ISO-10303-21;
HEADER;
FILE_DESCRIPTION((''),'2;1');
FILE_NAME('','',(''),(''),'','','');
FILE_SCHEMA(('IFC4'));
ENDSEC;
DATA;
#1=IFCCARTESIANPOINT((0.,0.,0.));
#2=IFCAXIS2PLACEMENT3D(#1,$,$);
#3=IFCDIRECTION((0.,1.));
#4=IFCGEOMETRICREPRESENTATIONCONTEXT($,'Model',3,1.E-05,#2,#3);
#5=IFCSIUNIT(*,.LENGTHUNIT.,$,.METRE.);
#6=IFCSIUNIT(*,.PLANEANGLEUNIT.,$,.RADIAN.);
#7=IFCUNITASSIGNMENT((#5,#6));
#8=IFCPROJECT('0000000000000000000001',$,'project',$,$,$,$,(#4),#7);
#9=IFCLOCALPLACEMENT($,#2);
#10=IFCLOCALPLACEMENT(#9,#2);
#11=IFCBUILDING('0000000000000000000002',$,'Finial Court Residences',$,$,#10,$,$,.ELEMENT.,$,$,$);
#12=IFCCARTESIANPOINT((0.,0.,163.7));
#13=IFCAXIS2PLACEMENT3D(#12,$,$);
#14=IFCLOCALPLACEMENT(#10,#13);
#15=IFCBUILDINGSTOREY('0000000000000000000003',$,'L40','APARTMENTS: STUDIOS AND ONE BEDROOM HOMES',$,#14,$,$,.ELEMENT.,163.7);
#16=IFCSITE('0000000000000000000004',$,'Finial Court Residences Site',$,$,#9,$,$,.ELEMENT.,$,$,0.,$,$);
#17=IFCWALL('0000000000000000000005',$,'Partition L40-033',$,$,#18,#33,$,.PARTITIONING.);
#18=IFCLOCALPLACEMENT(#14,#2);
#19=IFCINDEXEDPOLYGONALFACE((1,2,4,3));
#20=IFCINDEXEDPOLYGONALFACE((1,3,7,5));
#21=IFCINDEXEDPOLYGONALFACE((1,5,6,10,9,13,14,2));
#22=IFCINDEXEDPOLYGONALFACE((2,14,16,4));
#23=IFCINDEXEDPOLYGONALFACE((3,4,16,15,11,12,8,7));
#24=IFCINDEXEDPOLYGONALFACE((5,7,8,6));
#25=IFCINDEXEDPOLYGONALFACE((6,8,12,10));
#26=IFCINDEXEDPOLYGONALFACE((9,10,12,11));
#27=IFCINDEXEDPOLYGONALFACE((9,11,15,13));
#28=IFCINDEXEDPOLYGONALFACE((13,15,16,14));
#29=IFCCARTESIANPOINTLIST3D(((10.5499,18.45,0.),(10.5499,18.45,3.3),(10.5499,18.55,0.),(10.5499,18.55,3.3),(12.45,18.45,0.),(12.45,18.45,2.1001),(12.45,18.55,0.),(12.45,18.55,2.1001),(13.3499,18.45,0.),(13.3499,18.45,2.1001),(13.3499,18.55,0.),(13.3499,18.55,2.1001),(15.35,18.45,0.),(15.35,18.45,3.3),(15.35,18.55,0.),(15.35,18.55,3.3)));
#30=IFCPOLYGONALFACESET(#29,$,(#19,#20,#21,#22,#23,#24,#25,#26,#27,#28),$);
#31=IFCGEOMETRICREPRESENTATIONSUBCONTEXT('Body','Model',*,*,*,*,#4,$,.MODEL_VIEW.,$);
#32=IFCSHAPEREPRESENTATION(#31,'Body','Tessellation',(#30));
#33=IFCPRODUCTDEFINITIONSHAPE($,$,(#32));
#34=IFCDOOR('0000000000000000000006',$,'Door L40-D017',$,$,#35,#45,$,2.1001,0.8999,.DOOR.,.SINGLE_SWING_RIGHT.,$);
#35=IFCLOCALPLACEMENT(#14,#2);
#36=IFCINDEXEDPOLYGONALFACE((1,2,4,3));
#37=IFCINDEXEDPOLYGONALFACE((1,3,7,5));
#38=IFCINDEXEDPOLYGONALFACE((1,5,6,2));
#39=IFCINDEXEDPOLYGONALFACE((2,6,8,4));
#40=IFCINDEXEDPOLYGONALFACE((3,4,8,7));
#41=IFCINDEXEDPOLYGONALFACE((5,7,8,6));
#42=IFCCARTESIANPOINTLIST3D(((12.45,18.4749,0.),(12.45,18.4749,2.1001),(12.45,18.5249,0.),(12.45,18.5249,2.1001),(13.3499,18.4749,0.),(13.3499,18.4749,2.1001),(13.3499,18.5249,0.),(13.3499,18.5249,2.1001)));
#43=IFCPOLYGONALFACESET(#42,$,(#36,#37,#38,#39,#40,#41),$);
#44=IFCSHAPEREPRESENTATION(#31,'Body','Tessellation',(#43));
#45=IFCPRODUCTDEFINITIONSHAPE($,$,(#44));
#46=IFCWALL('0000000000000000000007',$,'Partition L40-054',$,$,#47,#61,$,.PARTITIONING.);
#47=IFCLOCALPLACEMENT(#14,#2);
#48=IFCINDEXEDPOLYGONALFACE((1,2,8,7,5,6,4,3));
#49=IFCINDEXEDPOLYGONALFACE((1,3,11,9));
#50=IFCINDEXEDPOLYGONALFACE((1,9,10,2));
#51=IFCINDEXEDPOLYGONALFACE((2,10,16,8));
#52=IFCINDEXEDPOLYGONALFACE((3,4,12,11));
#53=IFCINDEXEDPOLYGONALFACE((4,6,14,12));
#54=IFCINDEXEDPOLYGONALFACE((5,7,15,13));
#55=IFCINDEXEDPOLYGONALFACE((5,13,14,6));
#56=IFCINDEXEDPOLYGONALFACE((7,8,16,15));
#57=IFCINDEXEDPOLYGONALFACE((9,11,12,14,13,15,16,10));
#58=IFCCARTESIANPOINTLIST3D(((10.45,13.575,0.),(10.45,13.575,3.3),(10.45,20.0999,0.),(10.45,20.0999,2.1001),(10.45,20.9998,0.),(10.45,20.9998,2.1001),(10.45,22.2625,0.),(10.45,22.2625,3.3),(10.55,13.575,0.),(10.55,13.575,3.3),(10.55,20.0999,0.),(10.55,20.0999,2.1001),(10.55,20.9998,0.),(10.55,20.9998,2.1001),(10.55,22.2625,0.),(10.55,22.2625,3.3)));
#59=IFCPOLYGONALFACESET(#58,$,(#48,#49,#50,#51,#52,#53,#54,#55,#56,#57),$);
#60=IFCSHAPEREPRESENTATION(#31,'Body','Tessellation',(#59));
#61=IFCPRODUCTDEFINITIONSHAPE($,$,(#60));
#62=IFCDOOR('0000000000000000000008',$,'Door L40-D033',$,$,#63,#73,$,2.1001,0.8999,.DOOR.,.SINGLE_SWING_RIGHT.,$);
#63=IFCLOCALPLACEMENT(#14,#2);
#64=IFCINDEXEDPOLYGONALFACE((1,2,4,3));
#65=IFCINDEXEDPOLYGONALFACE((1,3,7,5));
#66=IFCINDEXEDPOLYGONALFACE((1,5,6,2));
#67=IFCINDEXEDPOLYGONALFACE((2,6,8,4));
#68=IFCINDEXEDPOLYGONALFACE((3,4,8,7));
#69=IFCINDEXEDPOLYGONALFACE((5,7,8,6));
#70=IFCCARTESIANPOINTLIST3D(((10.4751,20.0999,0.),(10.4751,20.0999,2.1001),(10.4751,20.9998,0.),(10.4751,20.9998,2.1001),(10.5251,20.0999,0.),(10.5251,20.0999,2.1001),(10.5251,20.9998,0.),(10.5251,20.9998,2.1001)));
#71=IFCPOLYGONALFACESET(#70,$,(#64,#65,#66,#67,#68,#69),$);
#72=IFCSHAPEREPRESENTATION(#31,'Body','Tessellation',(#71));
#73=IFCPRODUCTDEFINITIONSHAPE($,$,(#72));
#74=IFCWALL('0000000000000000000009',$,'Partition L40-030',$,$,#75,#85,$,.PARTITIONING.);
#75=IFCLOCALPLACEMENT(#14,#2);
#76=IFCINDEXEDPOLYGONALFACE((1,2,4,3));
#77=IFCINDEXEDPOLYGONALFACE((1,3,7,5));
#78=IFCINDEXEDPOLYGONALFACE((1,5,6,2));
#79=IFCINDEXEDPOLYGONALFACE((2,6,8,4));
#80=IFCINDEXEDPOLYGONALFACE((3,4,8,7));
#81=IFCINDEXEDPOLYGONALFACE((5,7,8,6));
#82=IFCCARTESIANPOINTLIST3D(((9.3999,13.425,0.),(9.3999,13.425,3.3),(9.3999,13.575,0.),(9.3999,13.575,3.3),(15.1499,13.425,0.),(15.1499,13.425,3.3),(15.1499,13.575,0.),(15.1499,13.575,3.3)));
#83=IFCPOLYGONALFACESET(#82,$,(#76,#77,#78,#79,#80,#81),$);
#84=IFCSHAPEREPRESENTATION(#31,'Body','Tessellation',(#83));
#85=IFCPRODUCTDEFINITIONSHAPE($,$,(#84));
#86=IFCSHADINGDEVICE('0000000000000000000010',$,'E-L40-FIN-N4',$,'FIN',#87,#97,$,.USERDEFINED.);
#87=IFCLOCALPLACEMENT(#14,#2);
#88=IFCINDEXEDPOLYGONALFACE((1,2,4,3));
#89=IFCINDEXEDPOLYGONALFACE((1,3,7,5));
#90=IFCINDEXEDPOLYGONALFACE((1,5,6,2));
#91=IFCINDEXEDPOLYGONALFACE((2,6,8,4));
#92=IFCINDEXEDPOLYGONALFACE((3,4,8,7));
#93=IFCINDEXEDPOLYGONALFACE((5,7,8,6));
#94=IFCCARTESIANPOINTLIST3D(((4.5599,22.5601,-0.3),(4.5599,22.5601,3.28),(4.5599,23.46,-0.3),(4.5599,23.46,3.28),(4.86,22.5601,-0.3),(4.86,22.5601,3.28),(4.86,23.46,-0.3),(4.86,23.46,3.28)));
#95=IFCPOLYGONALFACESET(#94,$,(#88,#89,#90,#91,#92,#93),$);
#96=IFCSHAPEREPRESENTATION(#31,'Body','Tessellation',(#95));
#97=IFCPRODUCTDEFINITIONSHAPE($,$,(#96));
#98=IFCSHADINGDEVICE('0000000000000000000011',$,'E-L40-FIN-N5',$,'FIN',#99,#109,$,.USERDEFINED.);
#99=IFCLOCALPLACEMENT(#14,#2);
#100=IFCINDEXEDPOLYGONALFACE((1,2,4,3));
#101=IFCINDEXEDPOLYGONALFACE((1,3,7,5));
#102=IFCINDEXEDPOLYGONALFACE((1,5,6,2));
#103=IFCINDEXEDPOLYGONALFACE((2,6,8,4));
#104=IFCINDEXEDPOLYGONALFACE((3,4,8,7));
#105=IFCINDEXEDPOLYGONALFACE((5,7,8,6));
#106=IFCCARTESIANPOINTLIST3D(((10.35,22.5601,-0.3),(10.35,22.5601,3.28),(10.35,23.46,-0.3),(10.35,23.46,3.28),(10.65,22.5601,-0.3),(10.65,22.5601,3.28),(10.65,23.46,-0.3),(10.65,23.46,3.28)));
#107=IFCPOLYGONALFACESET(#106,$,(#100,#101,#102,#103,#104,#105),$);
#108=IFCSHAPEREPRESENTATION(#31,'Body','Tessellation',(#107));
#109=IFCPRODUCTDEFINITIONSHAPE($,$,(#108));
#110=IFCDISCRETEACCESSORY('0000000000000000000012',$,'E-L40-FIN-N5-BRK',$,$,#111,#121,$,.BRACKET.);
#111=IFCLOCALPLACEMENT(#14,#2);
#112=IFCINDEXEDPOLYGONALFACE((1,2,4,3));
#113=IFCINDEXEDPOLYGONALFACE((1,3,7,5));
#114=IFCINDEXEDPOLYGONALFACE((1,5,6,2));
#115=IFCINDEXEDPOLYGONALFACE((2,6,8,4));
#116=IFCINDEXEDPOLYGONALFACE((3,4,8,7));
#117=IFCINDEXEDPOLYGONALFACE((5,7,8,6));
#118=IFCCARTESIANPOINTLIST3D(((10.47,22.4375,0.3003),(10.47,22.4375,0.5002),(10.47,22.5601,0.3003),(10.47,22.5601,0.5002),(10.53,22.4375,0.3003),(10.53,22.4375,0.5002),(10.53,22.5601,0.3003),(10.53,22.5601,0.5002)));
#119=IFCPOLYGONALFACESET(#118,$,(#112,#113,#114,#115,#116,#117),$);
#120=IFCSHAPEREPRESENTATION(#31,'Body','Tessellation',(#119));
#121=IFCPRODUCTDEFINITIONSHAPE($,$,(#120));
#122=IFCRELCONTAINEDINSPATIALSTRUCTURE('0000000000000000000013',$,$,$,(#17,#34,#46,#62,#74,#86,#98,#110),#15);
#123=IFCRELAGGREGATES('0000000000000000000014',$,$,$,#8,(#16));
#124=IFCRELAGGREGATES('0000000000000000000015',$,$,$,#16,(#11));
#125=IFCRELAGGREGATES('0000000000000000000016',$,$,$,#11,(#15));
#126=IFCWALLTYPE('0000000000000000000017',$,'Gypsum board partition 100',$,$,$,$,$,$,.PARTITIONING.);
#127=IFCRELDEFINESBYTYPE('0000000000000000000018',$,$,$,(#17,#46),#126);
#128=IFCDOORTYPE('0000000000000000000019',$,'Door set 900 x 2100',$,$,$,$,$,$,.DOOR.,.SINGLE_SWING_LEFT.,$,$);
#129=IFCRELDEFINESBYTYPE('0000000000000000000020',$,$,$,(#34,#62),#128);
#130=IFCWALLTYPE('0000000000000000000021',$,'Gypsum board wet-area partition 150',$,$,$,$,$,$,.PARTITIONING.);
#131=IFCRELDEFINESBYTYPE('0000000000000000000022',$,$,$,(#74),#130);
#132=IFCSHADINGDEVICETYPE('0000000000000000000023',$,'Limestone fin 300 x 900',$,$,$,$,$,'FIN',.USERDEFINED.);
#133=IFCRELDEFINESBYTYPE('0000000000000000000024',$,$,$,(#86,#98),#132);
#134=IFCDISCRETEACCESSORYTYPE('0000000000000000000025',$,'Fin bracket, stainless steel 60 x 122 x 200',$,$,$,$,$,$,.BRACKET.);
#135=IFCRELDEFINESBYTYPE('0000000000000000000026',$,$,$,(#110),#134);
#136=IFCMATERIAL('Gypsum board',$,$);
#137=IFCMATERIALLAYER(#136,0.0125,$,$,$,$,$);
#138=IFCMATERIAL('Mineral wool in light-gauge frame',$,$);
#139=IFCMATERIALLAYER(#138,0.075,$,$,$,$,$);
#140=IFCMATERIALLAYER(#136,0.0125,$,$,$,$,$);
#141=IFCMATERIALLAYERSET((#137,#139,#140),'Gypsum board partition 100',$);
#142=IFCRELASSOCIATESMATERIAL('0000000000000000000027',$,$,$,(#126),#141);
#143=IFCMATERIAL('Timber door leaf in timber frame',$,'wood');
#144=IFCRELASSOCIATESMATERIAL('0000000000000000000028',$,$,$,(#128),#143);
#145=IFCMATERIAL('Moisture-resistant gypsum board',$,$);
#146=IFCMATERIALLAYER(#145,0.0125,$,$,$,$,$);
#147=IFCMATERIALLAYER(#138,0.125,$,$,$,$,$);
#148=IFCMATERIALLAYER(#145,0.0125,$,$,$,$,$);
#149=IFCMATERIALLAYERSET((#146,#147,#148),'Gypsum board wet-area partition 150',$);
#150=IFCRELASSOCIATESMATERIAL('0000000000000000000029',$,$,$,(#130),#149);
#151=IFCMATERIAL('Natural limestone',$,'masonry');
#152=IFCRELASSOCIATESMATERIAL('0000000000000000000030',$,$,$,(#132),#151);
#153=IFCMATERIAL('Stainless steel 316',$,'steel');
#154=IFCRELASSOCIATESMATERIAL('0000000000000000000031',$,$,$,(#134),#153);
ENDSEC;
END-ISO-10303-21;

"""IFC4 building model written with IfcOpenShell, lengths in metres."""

from ifc_helpers import new_model, si_unit, direction, frame, frame_2d, origin, origin_2d, place, context, subcontext, project, spatial, rectangle, extrude, material, layer, layer_set, type_object, element, fill, save


model = new_model("IFC4")

# Units and contexts
model_context = context("Model", 3, precision=1e-05, world=origin(), true_north=direction((0.0, 1.0)))
body_context = subcontext(model_context, "Body", "Model", "MODEL_VIEW")
ifc_project = project(units=[si_unit("LENGTHUNIT", "METRE"), si_unit("PLANEANGLEUNIT", "RADIAN")], contexts=[model_context])

# Site, building, storey
site_placement = place(None, origin())
site = spatial("IfcSite", under=ifc_project, at=site_placement, Name="Finial Court Residences Site", CompositionType="ELEMENT", RefElevation=0.0)
building_placement = place(site_placement, origin())
building = spatial("IfcBuilding", under=site, at=building_placement, Name="Finial Court Residences", CompositionType="ELEMENT")
storey_placement = place(building_placement, frame((0.0, 0.0, 163.7)))
storey = spatial("IfcBuildingStorey", under=building, at=storey_placement, Name="L40", Description="APARTMENTS: STUDIOS AND ONE BEDROOM HOMES", CompositionType="ELEMENT", Elevation=163.7)

# Shared definitions
ifc_material_1 = material(Name="Gypsum board")

# Walls, openings, doors
ifc_layer_1 = layer(ifc_material_1, 0.0125)
ifc_material_2 = material(Name="Mineral wool in light-gauge frame")
ifc_layer_2 = layer(ifc_material_2, 0.075)
ifc_layer_3 = layer(ifc_material_1, 0.0125)
ifc_layer_set_1 = layer_set([ifc_layer_1, ifc_layer_2, ifc_layer_3], Name="Gypsum board partition 100")
wall_type_1 = type_object("IfcWallType", Name="Gypsum board partition 100", PredefinedType="PARTITIONING", material=ifc_layer_set_1)
wall_1_placement = place(storey_placement, frame((10.55, 18.5, 0.0), z_axis=(0.0, 0.0, 1.0), x_axis=(1.0, 0.0, 0.0)))
wall_1 = element("IfcWall", 1, at=wall_1_placement, inside=storey, type_object=wall_type_1, Name="Partition L40-033", PredefinedType="PARTITIONING", context=body_context, shape_type="SweptSolid", body=[
    extrude(rectangle(XDim=4.8, YDim=0.1001, at=frame_2d((2.3999, 0.0))), origin(), (0.0, 0.0, 1.0), 3.3),
])
opening_1_placement = place(wall_1_placement, frame((1.8999, 0.0, 0.0)))
opening_1 = element("IfcOpeningElement", 2, at=opening_1_placement, cuts=wall_1, PredefinedType="OPENING", context=body_context, shape_type="SweptSolid", body=[
    extrude(rectangle(XDim=0.8999, YDim=2.1001, at=frame_2d((0.45, 1.05))), frame((0.0, 0.0601, 0.0), z_axis=(0.0, -1.0, 0.0), x_axis=(1.0, 0.0, 0.0)), (0.0, 0.0, 1.0), 0.1201),
])
ifc_material_3 = material(Name="Timber door leaf in timber frame", Category="wood")
door_type = type_object("IfcDoorType", Name="Door set 900 x 2100", OperationType="SINGLE_SWING_LEFT", PredefinedType="DOOR", material=ifc_material_3)
door_1_placement = place(opening_1_placement, origin())
door_1 = element("IfcDoor", 3, at=door_1_placement, inside=storey, type_object=door_type, Name="Door L40-D017", OperationType="SINGLE_SWING_RIGHT", OverallHeight=2.1001, OverallWidth=0.8999, PredefinedType="DOOR", context=body_context, shape_type="SweptSolid", body=[
    extrude(rectangle(XDim=0.8999, YDim=2.1001, at=frame_2d((0.45, 1.05))), frame((0.0, 0.0249, 0.0), z_axis=(0.0, -1.0, 0.0), x_axis=(1.0, 0.0, 0.0)), (0.0, 0.0, 1.0), 0.05),
])
fill(opening_1, door_1)
wall_2_placement = place(storey_placement, frame((10.5, 13.575, 0.0), z_axis=(0.0, 0.0, 1.0), x_axis=(0.0, 1.0, 0.0)))
wall_2 = element("IfcWall", 4, at=wall_2_placement, inside=storey, type_object=wall_type_1, Name="Partition L40-054", PredefinedType="PARTITIONING", context=body_context, shape_type="SweptSolid", body=[
    extrude(rectangle(XDim=8.6875, YDim=0.1001, at=frame_2d((4.3438, 0.0))), origin(), (0.0, 0.0, 1.0), 3.3),
])
opening_2_placement = place(wall_2_placement, frame((6.5249, 0.0, 0.0)))
opening_2 = element("IfcOpeningElement", 5, at=opening_2_placement, cuts=wall_2, PredefinedType="OPENING", context=body_context, shape_type="SweptSolid", body=[
    extrude(rectangle(XDim=0.8999, YDim=2.1001, at=frame_2d((0.45, 1.05))), frame((0.0, 0.0601, 0.0), z_axis=(0.0, -1.0, 0.0), x_axis=(1.0, 0.0, 0.0)), (0.0, 0.0, 1.0), 0.1201),
])
door_2_placement = place(opening_2_placement, origin())
door_2 = element("IfcDoor", 6, at=door_2_placement, inside=storey, type_object=door_type, Name="Door L40-D033", OperationType="SINGLE_SWING_RIGHT", OverallHeight=2.1001, OverallWidth=0.8999, PredefinedType="DOOR", context=body_context, shape_type="SweptSolid", body=[
    extrude(rectangle(XDim=0.8999, YDim=2.1001, at=frame_2d((0.45, 1.05))), frame((0.0, 0.0249, 0.0), z_axis=(0.0, -1.0, 0.0), x_axis=(1.0, 0.0, 0.0)), (0.0, 0.0, 1.0), 0.05),
])
fill(opening_2, door_2)

# Wall
ifc_material_4 = material(Name="Moisture-resistant gypsum board")
ifc_layer_4 = layer(ifc_material_4, 0.0125)
ifc_layer_5 = layer(ifc_material_2, 0.125)
ifc_layer_6 = layer(ifc_material_4, 0.0125)
ifc_layer_set_2 = layer_set([ifc_layer_4, ifc_layer_5, ifc_layer_6], Name="Gypsum board wet-area partition 150")
wall_type_2 = type_object("IfcWallType", Name="Gypsum board wet-area partition 150", PredefinedType="PARTITIONING", material=ifc_layer_set_2)
wall_3_placement = place(storey_placement, frame((9.3999, 13.5, 0.0), z_axis=(0.0, 0.0, 1.0), x_axis=(1.0, 0.0, 0.0)))
element("IfcWall", 7, at=wall_3_placement, inside=storey, type_object=wall_type_2, Name="Partition L40-030", PredefinedType="PARTITIONING", context=body_context, shape_type="SweptSolid", body=[
    extrude(rectangle(XDim=5.75, YDim=0.1499, at=frame_2d((2.875, 0.0))), origin(), (0.0, 0.0, 1.0), 3.3),
])

# Shading devices
ifc_material_5 = material(Name="Natural limestone", Category="masonry")
shading_device_type = type_object("IfcShadingDeviceType", Name="Limestone fin 300 x 900", ElementType="FIN", PredefinedType="USERDEFINED", material=ifc_material_5)
for number, where, z_axis, x_axis, name in (
    (8, (4.71, 23.01, -0.3), (0.0, 0.0, 1.0), (1.0, 0.0, 0.0), "E-L40-FIN-N4"),
    (9, (10.5, 23.01, -0.3), (0.0, 0.0, 1.0), (1.0, 0.0, 0.0), "E-L40-FIN-N5"),
):
    element("IfcShadingDevice", number, at=place(storey_placement, frame(where, z_axis=z_axis, x_axis=x_axis)), inside=storey, type_object=shading_device_type, Name=name, ObjectType="FIN", PredefinedType="USERDEFINED", context=body_context, shape_type="SweptSolid", body=[
        extrude(rectangle(XDim=0.3, YDim=0.8999, at=origin_2d()), origin(), (0.0, 0.0, 1.0), 3.5801),
    ])

# Discrete accessory
ifc_material_6 = material(Name="Stainless steel 316", Category="steel")
discrete_accessory_type = type_object("IfcDiscreteAccessoryType", Name="Fin bracket, stainless steel 60 x 122 x 200", PredefinedType="BRACKET", material=ifc_material_6)
discrete_accessory_placement = place(storey_placement, frame((10.5, 22.4988, 0.3003), z_axis=(0.0, 0.0, 1.0), x_axis=(1.0, 0.0, 0.0)))
element("IfcDiscreteAccessory", 10, at=discrete_accessory_placement, inside=storey, type_object=discrete_accessory_type, Name="E-L40-FIN-N5-BRK", PredefinedType="BRACKET", context=body_context, shape_type="SweptSolid", body=[
    extrude(rectangle(XDim=0.0601, YDim=0.1226, at=origin_2d()), origin(), (0.0, 0.0, 1.0), 0.2),
])

save(model, "model.ifc")
